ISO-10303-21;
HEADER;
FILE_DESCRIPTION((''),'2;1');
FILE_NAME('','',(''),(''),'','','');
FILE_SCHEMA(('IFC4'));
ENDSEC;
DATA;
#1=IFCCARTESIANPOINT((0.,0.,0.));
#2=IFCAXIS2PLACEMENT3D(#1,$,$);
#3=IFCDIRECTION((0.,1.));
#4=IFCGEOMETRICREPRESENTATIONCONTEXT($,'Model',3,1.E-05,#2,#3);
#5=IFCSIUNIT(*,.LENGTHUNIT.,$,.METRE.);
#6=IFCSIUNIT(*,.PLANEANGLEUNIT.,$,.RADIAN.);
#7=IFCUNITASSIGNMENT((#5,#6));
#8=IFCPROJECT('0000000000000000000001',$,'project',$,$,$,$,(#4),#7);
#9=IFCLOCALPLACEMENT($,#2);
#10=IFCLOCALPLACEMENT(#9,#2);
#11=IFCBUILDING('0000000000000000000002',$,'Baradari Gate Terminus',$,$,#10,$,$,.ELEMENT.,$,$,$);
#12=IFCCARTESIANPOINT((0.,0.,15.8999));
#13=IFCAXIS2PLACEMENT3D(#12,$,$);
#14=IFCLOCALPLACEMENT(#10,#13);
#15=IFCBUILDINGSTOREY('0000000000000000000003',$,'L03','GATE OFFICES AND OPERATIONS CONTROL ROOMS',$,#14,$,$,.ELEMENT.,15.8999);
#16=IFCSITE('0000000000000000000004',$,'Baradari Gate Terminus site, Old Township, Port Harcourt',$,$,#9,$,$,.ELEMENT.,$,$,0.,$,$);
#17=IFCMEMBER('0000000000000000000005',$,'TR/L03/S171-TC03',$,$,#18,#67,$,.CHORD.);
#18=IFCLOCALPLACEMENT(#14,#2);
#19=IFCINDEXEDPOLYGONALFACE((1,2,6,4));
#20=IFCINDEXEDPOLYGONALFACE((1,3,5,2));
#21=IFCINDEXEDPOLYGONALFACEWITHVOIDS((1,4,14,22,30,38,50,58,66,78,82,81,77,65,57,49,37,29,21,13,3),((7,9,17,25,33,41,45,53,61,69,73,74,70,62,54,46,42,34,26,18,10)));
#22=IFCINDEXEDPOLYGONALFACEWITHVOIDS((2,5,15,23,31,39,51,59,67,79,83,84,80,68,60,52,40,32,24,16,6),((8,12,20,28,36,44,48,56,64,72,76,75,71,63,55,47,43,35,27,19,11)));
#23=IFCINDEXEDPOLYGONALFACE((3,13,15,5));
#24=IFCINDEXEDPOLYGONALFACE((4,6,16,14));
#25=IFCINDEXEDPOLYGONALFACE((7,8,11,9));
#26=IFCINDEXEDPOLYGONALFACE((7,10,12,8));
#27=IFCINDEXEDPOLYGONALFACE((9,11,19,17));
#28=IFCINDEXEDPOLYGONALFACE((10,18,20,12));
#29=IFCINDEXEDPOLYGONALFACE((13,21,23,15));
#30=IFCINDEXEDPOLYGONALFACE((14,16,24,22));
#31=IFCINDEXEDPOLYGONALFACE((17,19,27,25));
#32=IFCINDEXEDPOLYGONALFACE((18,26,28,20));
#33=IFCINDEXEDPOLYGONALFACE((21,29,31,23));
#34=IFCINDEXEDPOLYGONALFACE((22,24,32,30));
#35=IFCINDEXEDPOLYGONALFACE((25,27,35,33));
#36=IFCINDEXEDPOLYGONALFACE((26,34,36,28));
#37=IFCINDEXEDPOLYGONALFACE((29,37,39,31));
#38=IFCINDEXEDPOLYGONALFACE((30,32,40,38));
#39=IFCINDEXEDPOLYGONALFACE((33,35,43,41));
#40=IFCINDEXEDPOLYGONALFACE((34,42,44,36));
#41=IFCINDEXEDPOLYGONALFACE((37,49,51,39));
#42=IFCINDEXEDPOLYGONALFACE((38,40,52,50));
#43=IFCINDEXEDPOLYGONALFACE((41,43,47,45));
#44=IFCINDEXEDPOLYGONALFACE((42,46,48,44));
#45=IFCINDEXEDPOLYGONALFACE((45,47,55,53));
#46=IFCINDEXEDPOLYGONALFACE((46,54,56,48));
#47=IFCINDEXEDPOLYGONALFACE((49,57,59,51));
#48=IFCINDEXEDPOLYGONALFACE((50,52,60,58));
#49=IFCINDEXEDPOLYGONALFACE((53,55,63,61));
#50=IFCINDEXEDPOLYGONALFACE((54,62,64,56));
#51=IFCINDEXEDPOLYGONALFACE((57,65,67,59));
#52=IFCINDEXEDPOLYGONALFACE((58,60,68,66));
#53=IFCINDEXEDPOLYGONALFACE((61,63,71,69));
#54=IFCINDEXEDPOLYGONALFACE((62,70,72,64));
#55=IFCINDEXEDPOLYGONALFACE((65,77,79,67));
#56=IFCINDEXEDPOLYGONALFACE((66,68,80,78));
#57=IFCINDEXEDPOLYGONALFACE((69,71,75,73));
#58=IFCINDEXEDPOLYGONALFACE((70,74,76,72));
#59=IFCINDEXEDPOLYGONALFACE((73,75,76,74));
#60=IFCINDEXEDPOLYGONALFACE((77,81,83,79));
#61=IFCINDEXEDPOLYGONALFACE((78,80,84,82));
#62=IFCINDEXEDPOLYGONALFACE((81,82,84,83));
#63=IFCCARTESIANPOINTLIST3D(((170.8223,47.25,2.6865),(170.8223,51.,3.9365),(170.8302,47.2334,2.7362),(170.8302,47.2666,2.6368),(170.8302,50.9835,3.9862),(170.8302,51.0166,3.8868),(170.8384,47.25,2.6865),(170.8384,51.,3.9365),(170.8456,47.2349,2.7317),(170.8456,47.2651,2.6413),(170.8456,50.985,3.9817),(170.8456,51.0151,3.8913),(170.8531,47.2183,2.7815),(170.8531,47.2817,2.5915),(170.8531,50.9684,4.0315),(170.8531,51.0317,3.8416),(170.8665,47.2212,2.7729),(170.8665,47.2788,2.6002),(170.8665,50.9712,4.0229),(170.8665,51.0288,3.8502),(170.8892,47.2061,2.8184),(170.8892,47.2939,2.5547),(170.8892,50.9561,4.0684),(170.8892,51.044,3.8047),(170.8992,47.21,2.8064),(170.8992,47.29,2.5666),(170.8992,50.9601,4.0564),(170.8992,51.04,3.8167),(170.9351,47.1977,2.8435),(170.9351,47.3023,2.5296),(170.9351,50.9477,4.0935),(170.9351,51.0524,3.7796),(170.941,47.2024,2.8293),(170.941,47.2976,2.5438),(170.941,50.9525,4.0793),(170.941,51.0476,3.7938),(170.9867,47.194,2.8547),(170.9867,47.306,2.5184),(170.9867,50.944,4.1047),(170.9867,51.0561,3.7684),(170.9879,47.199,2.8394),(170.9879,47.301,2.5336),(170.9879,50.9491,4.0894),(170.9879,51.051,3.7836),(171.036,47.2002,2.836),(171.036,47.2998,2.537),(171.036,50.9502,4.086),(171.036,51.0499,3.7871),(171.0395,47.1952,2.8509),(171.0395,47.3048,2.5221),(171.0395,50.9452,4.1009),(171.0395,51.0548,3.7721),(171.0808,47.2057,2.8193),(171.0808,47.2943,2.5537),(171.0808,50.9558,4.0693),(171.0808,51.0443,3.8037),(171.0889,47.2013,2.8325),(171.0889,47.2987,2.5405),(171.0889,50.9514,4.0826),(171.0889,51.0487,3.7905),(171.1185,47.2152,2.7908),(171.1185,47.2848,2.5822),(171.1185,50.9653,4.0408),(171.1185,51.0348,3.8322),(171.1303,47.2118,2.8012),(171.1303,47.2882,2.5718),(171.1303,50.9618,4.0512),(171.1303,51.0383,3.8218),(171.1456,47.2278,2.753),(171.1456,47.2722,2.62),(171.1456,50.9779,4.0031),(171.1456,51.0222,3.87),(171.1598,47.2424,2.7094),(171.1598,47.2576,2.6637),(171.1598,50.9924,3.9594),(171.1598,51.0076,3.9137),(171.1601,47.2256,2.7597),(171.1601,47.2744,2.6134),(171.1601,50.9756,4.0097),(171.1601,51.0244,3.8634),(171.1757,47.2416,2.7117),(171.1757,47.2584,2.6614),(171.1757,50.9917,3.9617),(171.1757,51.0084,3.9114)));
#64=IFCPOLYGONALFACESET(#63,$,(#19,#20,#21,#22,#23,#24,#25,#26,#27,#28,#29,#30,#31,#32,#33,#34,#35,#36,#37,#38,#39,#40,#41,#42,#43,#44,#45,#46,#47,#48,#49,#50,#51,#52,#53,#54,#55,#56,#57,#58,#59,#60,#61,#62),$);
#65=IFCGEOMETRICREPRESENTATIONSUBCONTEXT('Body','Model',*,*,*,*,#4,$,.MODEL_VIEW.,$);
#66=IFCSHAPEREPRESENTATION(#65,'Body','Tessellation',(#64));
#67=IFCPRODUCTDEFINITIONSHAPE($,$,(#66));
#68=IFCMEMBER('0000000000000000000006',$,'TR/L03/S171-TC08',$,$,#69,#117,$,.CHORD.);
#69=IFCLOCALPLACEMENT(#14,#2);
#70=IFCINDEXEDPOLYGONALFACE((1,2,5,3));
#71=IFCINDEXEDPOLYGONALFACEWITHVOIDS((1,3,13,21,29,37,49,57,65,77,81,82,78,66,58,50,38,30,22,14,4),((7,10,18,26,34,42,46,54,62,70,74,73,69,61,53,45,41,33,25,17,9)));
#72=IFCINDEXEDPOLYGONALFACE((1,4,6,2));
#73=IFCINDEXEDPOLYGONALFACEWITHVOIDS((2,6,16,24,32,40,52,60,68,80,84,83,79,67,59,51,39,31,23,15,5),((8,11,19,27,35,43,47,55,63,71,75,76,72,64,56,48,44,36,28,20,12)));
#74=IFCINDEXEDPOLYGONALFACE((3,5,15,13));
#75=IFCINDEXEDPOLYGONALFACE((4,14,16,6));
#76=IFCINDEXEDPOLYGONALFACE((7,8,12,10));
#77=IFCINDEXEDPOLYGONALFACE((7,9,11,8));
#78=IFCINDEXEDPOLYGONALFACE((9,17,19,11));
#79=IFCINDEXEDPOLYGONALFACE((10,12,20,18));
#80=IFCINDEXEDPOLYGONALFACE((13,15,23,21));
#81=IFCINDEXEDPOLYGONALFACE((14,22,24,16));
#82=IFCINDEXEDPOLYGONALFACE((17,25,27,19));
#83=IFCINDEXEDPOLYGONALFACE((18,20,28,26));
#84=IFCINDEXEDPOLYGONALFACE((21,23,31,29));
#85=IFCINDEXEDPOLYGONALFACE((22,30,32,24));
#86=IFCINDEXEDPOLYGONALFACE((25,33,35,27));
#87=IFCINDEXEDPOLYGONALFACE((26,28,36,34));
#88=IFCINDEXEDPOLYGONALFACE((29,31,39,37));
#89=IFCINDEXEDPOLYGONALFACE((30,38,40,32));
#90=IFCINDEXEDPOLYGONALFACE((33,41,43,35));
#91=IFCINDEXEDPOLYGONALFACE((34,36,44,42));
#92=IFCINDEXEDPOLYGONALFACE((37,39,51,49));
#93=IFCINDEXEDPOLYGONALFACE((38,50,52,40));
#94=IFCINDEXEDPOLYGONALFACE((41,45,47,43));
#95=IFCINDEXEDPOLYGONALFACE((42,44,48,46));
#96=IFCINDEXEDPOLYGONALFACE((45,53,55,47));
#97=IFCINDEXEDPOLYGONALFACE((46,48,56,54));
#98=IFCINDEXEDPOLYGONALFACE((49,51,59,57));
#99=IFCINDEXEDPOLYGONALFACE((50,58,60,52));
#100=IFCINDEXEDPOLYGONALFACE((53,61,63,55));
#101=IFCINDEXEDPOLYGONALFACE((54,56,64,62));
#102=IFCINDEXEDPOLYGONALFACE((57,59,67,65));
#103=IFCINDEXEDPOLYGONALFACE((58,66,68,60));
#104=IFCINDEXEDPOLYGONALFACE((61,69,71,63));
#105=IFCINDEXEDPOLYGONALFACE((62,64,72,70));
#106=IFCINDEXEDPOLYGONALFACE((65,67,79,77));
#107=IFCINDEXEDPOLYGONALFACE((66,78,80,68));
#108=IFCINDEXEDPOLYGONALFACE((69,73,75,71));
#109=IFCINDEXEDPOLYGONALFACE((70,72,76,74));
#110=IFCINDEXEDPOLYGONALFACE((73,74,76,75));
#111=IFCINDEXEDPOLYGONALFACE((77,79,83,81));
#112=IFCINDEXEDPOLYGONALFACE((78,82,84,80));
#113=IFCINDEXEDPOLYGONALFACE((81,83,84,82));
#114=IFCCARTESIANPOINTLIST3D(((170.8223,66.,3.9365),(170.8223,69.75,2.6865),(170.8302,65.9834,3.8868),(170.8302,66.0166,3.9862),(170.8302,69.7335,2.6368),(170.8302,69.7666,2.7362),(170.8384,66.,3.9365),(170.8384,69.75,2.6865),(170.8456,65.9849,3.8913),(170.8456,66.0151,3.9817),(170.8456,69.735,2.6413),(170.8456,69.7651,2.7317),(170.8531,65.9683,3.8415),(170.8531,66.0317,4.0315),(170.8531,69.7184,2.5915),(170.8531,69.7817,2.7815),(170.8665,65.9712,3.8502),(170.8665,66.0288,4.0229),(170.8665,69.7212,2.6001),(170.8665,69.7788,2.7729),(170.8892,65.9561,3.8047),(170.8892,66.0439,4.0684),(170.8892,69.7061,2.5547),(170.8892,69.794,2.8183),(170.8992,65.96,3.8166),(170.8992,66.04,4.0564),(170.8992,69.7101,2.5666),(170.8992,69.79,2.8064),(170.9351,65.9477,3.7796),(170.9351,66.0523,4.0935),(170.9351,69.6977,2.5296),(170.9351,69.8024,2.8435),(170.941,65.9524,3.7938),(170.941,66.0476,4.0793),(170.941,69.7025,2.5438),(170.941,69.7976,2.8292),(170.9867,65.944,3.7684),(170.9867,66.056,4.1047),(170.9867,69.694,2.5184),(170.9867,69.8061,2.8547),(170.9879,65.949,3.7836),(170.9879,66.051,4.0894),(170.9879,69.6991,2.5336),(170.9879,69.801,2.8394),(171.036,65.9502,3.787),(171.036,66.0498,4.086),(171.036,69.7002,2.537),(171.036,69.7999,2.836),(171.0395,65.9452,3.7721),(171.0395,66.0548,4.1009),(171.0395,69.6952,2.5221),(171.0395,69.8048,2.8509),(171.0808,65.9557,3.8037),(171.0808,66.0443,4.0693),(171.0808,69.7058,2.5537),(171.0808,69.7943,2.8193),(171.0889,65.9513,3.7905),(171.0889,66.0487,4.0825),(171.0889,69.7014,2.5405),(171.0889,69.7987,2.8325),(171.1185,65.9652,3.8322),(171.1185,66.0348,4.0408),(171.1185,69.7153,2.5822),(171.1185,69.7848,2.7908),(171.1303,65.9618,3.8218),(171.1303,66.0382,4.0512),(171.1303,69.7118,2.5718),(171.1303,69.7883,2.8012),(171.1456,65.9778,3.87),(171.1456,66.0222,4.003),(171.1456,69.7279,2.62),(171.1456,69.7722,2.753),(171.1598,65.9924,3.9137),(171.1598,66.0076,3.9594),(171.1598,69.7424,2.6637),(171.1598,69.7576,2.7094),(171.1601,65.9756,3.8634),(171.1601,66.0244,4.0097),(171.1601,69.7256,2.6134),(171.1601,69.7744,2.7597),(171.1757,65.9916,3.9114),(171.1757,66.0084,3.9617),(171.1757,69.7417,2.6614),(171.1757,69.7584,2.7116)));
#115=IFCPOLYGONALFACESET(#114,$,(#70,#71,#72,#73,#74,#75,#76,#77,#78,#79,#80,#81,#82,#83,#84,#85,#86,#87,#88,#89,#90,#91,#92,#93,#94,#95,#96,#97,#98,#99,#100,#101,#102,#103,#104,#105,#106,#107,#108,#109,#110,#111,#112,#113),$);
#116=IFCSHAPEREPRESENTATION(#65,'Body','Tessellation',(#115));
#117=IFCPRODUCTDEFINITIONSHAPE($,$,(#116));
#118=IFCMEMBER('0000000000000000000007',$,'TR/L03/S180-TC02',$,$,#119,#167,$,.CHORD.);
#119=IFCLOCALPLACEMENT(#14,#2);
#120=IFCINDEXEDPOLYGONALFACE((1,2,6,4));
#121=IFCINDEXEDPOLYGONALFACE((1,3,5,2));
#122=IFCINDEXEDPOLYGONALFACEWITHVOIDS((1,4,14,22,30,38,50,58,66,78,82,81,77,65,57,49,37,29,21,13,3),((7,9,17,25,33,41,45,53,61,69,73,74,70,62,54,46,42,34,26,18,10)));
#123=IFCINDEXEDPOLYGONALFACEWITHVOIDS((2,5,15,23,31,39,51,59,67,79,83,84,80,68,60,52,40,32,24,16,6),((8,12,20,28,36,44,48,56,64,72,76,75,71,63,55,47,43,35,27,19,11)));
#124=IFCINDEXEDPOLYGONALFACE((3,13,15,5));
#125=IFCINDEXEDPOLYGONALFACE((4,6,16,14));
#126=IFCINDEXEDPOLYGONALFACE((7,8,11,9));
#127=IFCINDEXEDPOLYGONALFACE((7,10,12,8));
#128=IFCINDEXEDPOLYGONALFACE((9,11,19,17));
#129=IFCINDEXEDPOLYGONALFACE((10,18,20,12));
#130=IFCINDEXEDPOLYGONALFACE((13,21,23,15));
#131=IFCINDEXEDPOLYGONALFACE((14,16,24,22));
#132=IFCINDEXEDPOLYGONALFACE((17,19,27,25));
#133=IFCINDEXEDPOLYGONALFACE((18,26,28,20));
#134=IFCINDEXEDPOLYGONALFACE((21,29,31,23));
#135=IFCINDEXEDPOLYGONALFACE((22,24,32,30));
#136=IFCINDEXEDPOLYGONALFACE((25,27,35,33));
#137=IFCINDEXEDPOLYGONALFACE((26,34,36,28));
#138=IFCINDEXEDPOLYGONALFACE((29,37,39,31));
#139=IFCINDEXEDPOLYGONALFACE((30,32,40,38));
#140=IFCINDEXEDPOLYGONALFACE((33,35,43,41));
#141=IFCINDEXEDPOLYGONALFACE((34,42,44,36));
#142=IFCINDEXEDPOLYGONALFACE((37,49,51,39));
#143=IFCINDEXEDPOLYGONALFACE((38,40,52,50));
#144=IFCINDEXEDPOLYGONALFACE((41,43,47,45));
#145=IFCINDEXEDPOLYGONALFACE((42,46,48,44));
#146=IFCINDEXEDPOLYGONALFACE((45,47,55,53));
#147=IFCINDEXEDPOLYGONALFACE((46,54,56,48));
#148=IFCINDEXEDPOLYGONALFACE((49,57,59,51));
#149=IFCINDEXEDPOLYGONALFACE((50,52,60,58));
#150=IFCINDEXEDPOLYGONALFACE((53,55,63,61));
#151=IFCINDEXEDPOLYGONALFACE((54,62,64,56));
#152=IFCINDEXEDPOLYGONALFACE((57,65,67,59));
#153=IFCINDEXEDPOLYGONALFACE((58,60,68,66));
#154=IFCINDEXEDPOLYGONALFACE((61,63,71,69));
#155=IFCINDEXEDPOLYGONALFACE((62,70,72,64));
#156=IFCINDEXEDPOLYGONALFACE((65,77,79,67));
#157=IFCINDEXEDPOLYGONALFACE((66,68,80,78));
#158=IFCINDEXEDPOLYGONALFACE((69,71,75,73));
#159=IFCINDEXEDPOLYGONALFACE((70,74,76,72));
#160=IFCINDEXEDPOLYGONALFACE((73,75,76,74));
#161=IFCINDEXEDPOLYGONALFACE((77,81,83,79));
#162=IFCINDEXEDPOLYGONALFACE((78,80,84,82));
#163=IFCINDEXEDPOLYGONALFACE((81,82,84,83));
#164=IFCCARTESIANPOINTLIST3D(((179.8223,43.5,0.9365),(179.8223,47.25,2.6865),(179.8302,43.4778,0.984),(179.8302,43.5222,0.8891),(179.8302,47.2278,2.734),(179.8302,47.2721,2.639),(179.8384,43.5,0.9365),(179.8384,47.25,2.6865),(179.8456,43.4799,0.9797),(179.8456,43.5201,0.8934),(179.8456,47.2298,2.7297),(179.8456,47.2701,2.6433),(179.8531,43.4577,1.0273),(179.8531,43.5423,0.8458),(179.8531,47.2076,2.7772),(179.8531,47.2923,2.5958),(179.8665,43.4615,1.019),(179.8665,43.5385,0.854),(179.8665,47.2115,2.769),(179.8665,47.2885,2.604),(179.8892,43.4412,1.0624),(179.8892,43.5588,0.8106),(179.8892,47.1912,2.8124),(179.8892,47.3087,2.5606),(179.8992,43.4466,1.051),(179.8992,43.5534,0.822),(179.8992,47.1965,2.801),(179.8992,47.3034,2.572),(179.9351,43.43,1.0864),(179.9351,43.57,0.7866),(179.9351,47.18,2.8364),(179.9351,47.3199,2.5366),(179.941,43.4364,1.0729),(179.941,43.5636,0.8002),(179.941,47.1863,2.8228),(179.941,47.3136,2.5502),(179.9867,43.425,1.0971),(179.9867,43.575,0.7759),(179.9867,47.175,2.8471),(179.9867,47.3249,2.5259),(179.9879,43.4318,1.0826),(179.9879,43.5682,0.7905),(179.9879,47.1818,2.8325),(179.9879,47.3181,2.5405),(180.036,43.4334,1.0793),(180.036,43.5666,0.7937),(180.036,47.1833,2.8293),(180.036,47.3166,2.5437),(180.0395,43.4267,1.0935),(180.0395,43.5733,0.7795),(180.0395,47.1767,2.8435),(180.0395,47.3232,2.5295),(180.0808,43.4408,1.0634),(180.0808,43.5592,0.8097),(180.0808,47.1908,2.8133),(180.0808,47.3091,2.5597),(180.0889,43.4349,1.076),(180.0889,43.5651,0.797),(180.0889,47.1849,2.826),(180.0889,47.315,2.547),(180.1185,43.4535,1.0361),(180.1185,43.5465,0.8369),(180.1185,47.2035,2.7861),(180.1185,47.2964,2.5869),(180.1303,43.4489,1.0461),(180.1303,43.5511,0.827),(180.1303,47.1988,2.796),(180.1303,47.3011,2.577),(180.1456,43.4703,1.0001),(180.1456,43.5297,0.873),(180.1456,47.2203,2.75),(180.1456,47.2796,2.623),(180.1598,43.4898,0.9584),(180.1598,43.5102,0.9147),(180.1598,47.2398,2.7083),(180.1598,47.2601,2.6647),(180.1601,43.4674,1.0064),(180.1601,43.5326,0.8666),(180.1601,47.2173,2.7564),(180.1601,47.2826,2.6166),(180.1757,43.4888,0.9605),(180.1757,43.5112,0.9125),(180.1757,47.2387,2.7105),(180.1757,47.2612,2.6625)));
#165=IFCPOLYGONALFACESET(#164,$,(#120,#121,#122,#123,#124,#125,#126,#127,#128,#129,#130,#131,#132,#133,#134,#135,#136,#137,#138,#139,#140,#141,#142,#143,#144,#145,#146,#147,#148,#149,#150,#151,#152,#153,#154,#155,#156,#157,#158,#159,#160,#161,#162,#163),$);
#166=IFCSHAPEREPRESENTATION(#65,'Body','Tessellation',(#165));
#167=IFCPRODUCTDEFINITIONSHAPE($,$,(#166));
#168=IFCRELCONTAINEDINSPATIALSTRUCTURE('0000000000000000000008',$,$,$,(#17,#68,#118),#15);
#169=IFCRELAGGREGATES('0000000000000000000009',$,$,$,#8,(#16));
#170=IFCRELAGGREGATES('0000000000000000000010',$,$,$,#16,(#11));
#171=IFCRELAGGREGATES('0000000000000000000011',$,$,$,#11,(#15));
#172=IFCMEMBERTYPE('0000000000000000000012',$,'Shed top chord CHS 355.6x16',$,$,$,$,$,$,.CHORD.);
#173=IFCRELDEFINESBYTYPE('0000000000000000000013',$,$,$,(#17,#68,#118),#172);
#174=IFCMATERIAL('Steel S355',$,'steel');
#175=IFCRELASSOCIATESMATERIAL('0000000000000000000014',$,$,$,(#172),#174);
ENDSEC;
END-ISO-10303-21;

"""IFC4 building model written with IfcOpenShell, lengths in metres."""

from ifc_helpers import new_model, si_unit, direction, frame, origin, origin_2d, place, context, subcontext, project, spatial, hollow_circle, extrude, material, material_profile, profile_set, type_object, element, save


model = new_model("IFC4")

# Units and contexts
model_context = context("Model", 3, precision=1e-05, world=origin(), true_north=direction((0.0, 1.0)))
body_context = subcontext(model_context, "Body", "Model", "MODEL_VIEW")
ifc_project = project(units=[si_unit("LENGTHUNIT", "METRE"), si_unit("PLANEANGLEUNIT", "RADIAN")], contexts=[model_context])

# Site, building, storey
site_placement = place(None, origin())
site = spatial("IfcSite", under=ifc_project, at=site_placement, Name="Baradari Gate Terminus site, Old Township, Port Harcourt", CompositionType="ELEMENT", RefElevation=0.0)
building_placement = place(site_placement, origin())
building = spatial("IfcBuilding", under=site, at=building_placement, Name="Baradari Gate Terminus", CompositionType="ELEMENT")
storey_placement = place(building_placement, frame((0.0, 0.0, 15.8999)))
storey = spatial("IfcBuildingStorey", under=building, at=storey_placement, Name="L03", Description="GATE OFFICES AND OPERATIONS CONTROL ROOMS", CompositionType="ELEMENT", Elevation=15.8999)

# Members
ifc_material_1 = material(Name="Steel S355", Category="steel")
ifc_material_profile_1 = material_profile(ifc_material_1, hollow_circle(Radius=0.1777, WallThickness=0.0161, at=origin_2d()), Name="CHS 355.6x16")
ifc_profile_set_1 = profile_set([ifc_material_profile_1], Name="Steel S355")
member_type_1 = type_object("IfcMemberType", Name="Shed top chord CHS 355.6x16", PredefinedType="CHORD", material=ifc_profile_set_1)
for number, where, z_axis, x_axis, name in (
    (1, (171.0, 47.25, 2.6865), (0.0, 0.948683, 0.316228), (-1.0, 0.0, 0.0), "TR/L03/S171-TC03"),
    (2, (171.0, 66.0, 3.9365), (0.0, 0.948683, -0.316228), (-1.0, 0.0, 0.0), "TR/L03/S171-TC08"),
):
    element("IfcMember", number, at=place(storey_placement, frame(where, z_axis=z_axis, x_axis=x_axis)), inside=storey, type_object=member_type_1, Name=name, PredefinedType="CHORD", context=body_context, shape_type="SweptSolid", body=[
        extrude(hollow_circle(Radius=0.1777, WallThickness=0.0161, at=origin_2d()), origin(), (0.0, 0.0, 1.0), 3.9529),
    ])
member_1_placement = place(storey_placement, frame((180.0, 43.5, 0.9365), z_axis=(0.0, 0.906183, 0.422885), x_axis=(-1.0, 0.0, 0.0)))
element("IfcMember", 3, at=member_1_placement, inside=storey, type_object=member_type_1, Name="TR/L03/S180-TC02", PredefinedType="CHORD", context=body_context, shape_type="SweptSolid", body=[
    extrude(hollow_circle(Radius=0.1777, WallThickness=0.0161, at=origin_2d()), origin(), (0.0, 0.0, 1.0), 4.1382),
])

save(model, "model.ifc")
